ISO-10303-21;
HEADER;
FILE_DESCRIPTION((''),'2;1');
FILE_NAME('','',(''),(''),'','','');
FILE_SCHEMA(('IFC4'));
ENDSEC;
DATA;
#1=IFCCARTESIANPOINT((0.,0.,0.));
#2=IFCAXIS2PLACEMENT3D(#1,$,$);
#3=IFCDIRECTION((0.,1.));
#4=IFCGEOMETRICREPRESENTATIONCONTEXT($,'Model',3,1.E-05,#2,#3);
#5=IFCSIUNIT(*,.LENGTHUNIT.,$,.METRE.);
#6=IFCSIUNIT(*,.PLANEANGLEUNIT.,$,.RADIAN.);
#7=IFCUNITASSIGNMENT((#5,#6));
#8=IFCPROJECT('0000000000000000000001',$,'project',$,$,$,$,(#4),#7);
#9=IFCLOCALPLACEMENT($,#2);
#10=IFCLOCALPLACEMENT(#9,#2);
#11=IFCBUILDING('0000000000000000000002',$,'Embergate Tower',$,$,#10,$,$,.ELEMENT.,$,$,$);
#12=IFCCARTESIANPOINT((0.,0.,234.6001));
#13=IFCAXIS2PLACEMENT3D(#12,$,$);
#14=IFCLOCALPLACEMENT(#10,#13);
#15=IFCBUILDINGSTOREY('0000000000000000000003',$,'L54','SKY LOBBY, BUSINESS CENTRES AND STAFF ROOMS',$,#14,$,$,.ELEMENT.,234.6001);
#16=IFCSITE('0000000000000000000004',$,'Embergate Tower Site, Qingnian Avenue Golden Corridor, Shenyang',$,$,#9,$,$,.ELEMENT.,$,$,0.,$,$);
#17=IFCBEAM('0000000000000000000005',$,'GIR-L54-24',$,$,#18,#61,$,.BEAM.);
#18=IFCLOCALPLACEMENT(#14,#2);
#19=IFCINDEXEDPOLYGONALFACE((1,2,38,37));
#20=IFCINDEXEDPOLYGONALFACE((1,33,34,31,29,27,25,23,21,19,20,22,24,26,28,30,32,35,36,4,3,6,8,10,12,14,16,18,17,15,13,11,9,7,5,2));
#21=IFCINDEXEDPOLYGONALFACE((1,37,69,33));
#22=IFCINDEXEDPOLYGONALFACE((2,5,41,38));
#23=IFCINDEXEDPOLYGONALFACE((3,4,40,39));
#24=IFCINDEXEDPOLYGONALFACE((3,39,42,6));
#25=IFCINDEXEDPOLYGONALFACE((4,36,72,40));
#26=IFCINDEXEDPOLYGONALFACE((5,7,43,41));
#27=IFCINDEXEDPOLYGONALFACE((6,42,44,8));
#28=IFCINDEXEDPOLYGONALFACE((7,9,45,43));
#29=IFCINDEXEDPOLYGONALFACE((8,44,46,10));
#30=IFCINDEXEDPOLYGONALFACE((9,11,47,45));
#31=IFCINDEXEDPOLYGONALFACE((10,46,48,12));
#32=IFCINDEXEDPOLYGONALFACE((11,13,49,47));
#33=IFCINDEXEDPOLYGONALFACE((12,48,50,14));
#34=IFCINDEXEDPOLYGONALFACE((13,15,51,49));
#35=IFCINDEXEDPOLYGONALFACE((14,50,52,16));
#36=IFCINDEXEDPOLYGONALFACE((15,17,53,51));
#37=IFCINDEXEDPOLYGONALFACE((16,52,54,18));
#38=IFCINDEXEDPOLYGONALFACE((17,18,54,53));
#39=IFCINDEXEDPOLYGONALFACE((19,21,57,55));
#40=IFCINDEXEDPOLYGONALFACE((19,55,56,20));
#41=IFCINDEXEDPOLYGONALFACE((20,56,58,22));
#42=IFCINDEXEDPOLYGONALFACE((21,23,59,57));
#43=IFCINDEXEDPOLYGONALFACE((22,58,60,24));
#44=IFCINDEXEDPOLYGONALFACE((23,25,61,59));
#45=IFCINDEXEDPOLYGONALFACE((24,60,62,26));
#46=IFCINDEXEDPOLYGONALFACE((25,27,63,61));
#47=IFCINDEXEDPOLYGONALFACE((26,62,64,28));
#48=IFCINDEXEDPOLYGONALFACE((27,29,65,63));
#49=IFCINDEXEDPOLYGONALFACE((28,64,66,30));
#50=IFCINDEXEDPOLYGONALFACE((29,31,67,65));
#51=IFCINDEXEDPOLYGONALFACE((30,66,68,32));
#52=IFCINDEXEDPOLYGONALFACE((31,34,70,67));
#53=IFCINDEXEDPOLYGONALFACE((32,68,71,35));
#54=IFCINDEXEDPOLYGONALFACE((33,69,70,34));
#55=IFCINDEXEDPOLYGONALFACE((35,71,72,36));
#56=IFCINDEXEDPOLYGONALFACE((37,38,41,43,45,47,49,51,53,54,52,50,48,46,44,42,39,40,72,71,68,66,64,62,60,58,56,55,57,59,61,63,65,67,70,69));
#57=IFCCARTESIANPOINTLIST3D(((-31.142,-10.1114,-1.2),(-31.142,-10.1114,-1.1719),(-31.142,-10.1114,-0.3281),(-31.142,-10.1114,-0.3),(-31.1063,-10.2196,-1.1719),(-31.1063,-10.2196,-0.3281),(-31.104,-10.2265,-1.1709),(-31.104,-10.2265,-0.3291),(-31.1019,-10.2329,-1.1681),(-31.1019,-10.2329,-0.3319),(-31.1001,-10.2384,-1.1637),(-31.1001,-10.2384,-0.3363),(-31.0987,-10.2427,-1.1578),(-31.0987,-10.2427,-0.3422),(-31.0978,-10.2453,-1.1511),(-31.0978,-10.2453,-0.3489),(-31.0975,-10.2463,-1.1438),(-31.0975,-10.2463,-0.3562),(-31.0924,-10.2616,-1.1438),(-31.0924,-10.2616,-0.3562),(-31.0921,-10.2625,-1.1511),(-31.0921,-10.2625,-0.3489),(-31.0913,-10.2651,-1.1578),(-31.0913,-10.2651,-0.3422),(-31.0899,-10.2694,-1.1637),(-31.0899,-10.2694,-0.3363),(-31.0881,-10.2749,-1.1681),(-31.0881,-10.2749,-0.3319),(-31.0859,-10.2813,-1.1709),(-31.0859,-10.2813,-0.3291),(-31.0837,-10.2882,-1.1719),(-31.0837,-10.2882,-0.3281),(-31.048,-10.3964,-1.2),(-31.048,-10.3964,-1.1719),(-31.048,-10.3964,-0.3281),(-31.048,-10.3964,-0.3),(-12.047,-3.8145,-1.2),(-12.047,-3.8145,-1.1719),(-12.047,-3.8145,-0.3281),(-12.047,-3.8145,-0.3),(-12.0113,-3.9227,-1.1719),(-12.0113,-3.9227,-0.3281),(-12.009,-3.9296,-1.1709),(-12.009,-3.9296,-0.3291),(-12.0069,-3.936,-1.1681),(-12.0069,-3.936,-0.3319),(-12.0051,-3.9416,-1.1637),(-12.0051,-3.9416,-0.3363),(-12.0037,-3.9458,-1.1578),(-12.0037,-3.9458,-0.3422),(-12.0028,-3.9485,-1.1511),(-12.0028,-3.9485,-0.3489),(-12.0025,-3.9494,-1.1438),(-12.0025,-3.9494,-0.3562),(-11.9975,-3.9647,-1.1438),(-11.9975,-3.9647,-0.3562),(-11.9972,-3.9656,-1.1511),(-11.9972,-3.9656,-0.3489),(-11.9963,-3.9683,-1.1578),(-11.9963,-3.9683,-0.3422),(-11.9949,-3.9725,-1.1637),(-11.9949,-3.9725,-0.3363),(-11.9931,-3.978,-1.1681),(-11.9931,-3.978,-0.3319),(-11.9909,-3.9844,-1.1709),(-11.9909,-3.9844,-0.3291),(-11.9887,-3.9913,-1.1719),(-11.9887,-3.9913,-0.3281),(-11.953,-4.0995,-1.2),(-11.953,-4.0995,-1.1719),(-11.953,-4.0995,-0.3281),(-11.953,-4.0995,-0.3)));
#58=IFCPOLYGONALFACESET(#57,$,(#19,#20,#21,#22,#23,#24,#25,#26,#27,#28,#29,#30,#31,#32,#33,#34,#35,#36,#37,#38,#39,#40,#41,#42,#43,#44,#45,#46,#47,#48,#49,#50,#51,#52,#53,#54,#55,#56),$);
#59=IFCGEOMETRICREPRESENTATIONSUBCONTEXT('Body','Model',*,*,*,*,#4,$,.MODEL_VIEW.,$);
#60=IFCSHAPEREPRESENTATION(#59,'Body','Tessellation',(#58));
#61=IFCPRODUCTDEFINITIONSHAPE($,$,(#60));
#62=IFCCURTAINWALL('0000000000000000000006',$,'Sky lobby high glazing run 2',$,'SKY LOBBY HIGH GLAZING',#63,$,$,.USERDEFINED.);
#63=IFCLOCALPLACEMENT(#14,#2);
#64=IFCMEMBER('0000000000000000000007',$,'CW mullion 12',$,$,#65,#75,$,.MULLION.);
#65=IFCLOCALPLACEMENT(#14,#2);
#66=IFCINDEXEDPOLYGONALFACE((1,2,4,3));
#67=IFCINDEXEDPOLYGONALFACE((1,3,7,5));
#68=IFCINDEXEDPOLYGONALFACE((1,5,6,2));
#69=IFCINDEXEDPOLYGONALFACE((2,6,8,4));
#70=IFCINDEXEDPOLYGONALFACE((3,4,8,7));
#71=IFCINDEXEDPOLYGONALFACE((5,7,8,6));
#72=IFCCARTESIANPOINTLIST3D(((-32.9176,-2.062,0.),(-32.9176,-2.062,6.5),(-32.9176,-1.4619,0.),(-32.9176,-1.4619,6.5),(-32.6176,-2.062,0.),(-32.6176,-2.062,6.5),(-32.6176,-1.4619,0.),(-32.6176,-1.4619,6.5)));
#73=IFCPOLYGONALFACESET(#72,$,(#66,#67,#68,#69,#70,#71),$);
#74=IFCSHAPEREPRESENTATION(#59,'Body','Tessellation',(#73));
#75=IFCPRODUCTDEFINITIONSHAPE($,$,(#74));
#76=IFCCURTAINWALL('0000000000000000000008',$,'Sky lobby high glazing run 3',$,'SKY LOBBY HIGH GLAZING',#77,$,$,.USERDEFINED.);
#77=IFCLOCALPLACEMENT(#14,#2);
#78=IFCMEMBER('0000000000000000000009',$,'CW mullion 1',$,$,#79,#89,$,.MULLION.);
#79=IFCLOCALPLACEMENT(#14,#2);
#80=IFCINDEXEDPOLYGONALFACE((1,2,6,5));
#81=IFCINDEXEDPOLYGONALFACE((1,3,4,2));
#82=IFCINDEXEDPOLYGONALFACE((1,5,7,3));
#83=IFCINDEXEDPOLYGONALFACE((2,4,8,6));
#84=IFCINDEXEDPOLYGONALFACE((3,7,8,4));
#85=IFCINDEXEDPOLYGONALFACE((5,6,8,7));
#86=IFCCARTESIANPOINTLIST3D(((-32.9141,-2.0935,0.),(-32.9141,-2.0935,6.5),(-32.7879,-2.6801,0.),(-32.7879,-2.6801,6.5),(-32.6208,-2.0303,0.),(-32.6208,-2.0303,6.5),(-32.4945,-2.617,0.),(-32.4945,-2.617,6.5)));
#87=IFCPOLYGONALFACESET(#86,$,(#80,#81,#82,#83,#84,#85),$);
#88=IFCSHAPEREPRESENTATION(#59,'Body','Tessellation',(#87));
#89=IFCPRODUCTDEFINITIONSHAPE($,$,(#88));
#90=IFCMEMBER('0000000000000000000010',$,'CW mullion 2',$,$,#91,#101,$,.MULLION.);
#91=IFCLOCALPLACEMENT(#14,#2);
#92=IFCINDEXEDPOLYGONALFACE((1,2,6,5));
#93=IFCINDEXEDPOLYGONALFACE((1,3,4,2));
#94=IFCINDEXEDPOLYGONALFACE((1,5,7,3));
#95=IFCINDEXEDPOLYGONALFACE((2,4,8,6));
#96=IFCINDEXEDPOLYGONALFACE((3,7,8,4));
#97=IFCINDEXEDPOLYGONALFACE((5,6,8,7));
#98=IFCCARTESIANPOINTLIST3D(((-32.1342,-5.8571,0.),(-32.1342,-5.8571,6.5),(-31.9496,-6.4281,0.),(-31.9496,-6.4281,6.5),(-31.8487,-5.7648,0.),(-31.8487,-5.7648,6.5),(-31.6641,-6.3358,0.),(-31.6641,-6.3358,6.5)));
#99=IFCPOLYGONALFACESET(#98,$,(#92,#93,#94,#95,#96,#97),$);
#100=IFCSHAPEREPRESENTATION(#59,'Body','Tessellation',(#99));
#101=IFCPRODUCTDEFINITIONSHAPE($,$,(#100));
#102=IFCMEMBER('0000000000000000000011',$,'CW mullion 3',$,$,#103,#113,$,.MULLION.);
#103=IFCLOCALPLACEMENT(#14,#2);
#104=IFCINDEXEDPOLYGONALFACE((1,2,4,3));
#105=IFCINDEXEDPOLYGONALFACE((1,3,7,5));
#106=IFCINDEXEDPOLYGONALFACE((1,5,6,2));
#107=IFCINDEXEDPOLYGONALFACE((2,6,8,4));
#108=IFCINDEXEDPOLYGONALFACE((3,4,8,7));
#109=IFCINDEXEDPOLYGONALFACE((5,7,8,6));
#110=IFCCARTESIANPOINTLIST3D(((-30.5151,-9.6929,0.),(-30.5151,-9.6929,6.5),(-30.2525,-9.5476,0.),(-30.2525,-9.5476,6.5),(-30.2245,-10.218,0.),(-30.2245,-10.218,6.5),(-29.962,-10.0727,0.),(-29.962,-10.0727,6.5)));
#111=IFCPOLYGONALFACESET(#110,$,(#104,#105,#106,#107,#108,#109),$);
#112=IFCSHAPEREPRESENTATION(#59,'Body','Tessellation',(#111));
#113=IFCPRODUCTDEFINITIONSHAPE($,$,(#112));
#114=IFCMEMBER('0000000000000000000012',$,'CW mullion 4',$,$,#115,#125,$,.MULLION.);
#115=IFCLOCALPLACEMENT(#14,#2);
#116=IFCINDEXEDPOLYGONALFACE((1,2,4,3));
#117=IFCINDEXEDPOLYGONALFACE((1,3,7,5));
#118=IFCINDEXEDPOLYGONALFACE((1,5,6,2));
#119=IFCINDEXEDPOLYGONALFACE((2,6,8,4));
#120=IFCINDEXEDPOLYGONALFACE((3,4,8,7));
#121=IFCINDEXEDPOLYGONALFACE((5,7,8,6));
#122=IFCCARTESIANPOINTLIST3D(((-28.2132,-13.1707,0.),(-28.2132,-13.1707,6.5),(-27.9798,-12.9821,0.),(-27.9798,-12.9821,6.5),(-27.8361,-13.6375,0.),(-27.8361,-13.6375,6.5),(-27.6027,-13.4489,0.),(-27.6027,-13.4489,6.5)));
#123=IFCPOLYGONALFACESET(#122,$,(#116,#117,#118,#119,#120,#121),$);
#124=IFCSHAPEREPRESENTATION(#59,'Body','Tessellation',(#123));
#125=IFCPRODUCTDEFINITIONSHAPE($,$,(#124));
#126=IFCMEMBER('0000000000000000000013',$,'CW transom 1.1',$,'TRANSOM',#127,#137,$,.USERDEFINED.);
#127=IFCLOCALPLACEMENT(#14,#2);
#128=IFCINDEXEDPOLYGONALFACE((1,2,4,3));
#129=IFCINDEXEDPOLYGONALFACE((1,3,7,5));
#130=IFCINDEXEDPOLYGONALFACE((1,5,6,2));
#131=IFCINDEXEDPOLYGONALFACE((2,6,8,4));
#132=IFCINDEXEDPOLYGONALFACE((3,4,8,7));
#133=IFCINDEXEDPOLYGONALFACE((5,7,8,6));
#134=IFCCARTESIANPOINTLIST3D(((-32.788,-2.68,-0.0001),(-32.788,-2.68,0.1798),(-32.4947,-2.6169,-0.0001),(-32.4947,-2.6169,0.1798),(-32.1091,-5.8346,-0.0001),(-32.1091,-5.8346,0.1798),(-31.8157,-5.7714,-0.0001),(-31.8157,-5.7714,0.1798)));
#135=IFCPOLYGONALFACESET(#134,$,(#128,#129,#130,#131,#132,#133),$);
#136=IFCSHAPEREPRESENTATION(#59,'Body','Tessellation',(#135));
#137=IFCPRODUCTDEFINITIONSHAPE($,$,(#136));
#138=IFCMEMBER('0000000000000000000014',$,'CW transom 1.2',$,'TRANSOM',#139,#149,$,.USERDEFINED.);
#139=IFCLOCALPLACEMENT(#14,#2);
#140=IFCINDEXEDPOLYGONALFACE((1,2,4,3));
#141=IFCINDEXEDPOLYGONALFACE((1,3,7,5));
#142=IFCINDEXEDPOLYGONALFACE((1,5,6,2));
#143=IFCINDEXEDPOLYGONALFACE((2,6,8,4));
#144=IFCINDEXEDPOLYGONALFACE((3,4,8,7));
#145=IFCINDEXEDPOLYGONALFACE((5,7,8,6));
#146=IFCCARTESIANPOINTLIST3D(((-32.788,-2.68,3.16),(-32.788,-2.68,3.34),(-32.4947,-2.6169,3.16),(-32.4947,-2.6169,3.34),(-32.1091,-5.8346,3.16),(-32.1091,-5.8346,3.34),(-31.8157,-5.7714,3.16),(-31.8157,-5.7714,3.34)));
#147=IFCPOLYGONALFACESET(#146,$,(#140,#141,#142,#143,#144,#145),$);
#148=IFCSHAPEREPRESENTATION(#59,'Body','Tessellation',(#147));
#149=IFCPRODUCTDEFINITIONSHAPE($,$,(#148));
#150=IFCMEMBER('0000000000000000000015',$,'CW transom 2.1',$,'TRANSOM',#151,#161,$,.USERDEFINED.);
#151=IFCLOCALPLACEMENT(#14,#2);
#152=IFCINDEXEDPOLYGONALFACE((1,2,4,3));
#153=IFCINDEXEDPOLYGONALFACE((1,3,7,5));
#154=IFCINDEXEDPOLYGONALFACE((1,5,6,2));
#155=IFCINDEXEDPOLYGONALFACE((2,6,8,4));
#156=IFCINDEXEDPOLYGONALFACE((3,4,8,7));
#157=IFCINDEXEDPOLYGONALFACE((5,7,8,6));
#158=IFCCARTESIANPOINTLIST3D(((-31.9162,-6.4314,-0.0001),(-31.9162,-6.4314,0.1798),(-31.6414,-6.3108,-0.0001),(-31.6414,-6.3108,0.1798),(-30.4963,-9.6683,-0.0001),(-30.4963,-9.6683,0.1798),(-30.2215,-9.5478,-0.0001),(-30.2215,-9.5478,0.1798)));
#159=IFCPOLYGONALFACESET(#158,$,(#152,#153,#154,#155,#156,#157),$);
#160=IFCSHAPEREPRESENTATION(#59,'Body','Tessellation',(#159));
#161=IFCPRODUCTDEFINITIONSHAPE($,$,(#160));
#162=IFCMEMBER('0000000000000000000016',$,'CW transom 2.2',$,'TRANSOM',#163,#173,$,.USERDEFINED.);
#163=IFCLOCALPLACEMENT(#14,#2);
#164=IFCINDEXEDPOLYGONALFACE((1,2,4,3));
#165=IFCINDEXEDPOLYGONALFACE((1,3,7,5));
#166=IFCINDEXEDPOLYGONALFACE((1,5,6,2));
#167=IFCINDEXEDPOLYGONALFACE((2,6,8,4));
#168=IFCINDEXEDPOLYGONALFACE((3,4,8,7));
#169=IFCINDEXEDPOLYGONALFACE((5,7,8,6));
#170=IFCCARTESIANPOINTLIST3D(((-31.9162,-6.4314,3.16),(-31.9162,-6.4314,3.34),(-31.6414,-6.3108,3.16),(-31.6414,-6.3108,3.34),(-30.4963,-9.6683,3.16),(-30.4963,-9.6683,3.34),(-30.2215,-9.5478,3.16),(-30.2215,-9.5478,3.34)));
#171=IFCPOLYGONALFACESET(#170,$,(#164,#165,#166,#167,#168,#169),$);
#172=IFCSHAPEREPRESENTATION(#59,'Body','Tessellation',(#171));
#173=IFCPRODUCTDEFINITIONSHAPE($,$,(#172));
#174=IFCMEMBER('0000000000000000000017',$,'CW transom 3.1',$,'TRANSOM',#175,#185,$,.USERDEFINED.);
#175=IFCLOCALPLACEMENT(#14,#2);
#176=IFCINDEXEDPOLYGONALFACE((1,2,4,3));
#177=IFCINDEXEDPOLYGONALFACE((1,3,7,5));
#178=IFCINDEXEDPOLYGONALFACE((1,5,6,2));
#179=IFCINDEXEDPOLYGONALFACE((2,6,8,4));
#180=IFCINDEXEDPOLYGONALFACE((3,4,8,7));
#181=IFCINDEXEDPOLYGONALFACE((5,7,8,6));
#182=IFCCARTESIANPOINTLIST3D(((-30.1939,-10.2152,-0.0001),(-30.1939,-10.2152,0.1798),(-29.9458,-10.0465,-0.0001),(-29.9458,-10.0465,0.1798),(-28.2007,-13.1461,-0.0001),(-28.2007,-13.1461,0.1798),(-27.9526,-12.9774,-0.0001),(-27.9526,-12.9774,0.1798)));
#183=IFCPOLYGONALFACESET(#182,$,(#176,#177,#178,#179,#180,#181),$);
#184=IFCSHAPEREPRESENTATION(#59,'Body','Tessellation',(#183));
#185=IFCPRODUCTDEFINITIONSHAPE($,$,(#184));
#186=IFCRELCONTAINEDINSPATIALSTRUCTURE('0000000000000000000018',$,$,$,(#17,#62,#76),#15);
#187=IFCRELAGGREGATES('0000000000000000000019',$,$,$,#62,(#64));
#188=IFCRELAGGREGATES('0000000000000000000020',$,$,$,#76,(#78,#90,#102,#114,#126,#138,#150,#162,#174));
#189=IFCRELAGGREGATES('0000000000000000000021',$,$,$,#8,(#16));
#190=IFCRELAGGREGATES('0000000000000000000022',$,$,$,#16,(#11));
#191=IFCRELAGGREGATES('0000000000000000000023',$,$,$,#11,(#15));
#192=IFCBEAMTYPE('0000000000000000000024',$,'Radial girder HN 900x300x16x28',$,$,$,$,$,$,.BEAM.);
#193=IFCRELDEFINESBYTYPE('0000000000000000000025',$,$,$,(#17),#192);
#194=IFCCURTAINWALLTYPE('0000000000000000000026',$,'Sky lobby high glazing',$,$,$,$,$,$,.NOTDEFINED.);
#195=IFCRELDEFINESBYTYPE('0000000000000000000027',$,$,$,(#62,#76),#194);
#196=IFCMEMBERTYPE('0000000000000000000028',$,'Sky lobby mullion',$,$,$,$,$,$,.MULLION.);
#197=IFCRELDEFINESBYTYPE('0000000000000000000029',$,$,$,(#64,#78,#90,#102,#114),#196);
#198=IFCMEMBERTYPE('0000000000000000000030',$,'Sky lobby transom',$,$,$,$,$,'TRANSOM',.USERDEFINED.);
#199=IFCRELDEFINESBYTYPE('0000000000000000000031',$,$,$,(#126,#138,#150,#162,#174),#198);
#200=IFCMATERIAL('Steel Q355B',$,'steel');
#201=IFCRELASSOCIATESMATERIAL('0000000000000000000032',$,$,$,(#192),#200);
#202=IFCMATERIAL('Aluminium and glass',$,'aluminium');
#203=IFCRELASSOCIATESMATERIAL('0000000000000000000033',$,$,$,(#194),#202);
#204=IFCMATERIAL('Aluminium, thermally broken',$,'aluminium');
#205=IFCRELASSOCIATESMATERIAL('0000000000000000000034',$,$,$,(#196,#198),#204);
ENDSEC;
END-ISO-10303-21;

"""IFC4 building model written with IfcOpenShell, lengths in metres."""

from ifc_helpers import new_model, si_unit, direction, frame, origin, origin_2d, place, context, subcontext, project, spatial, rectangle, i_section, extrude, source, transform, mapped, material, material_profile, profile_set, type_object, element, aggregate, save


model = new_model("IFC4")

# Units and contexts
model_context = context("Model", 3, precision=1e-05, world=origin(), true_north=direction((0.0, 1.0)))
body_context = subcontext(model_context, "Body", "Model", "MODEL_VIEW")
ifc_project = project(units=[si_unit("LENGTHUNIT", "METRE"), si_unit("PLANEANGLEUNIT", "RADIAN")], contexts=[model_context])

# Site, building, storey
site_placement = place(None, origin())
site = spatial("IfcSite", under=ifc_project, at=site_placement, Name="Embergate Tower Site, Qingnian Avenue Golden Corridor, Shenyang", CompositionType="ELEMENT", RefElevation=0.0)
building_placement = place(site_placement, origin())
building = spatial("IfcBuilding", under=site, at=building_placement, Name="Embergate Tower", CompositionType="ELEMENT")
storey_placement = place(building_placement, frame((0.0, 0.0, 234.6001)))
storey = spatial("IfcBuildingStorey", under=building, at=storey_placement, Name="L54", Description="SKY LOBBY, BUSINESS CENTRES AND STAFF ROOMS", CompositionType="ELEMENT", Elevation=234.6001)

# Beam
ifc_material_1 = material(Name="Steel Q355B", Category="steel")
ifc_material_profile_1 = material_profile(ifc_material_1, i_section(OverallWidth=0.3, OverallDepth=0.8999, WebThickness=0.0161, FlangeThickness=0.0281, FilletRadius=0.0281, at=origin_2d()), Name="HN 900x300x16x28")
ifc_profile_set_1 = profile_set([ifc_material_profile_1], Name="Steel Q355 grade B")
beam_type_1 = type_object("IfcBeamType", Name="Radial girder HN 900x300x16x28", PredefinedType="BEAM", material=ifc_profile_set_1)
shared_shape_1 = source(origin(), body_context, "Body", "SweptSolid", [
    extrude(i_section(OverallWidth=0.3, OverallDepth=0.8999, WebThickness=0.0161, FlangeThickness=0.0281, FilletRadius=0.0281, at=origin_2d()), origin(), (0.0, 0.0, 1.0), 20.1064),
])
beam_1_placement = place(storey_placement, frame((-31.095, -10.2539, -0.75), z_axis=(0.949695, 0.313177, 0.0), x_axis=(-0.313177, 0.949695, 0.0)))
element("IfcBeam", 1, at=beam_1_placement, inside=storey, type_object=beam_type_1, Name="GIR-L54-24", PredefinedType="BEAM", context=body_context, shape_type="MappedRepresentation", body=[
    mapped(shared_shape_1, transform((0.0, 0.0, 0.0))),
])

# Curtain wall, member
ifc_material_2 = material(Name="Aluminium and glass", Category="aluminium")
curtain_wall_type = type_object("IfcCurtainWallType", Name="Sky lobby high glazing", PredefinedType="NOTDEFINED", material=ifc_material_2)
curtain_wall_1_placement = place(storey_placement, origin())
curtain_wall_1 = element("IfcCurtainWall", 2, at=curtain_wall_1_placement, inside=storey, type_object=curtain_wall_type, Name="Sky lobby high glazing run 2", ObjectType="SKY LOBBY HIGH GLAZING", PredefinedType="USERDEFINED")
ifc_material_3 = material(Name="Aluminium, thermally broken", Category="aluminium")
ifc_material_profile_2 = material_profile(ifc_material_3, rectangle(XDim=0.3, YDim=0.6001, at=origin_2d()), Name="AL 600x300")
ifc_profile_set_2 = profile_set([ifc_material_profile_2], Name="Aluminium, thermally broken")
member_type_1 = type_object("IfcMemberType", Name="Sky lobby mullion", PredefinedType="MULLION", material=ifc_profile_set_2)
shared_shape_2 = source(origin(), body_context, "Body", "SweptSolid", [
    extrude(rectangle(XDim=0.3, YDim=0.6001, at=origin_2d()), origin(), (0.0, 0.0, 1.0), 6.5),
])
member_1_placement = place(storey_placement, frame((-32.7676, -1.762, 0.0), z_axis=(0.0, 0.0, 1.0), x_axis=(1.0, 0.0, 0.0)))
member_1 = element("IfcMember", 3, at=member_1_placement, type_object=member_type_1, Name="CW mullion 12", PredefinedType="MULLION", context=body_context, shape_type="MappedRepresentation", body=[
    mapped(shared_shape_2, transform((0.0, 0.0, 0.0))),
])
aggregate(curtain_wall_1, [member_1])

# Curtain wall, members
curtain_wall_2_placement = place(storey_placement, origin())
curtain_wall_2 = element("IfcCurtainWall", 4, at=curtain_wall_2_placement, inside=storey, type_object=curtain_wall_type, Name="Sky lobby high glazing run 3", ObjectType="SKY LOBBY HIGH GLAZING", PredefinedType="USERDEFINED")
member_2_placement = place(storey_placement, frame((-32.7043, -2.3552, 0.0), z_axis=(0.0, 0.0, 1.0), x_axis=(0.977615, 0.210402, 0.0)))
member_2 = element("IfcMember", 5, at=member_2_placement, type_object=member_type_1, Name="CW mullion 1", PredefinedType="MULLION", context=body_context, shape_type="MappedRepresentation", body=[
    mapped(shared_shape_2, transform((0.0, 0.0, 0.0))),
])
member_3_placement = place(storey_placement, frame((-31.8992, -6.0964, 0.0), z_axis=(0.0, 0.0, 1.0), x_axis=(0.951491, 0.307677, 0.0)))
member_3 = element("IfcMember", 6, at=member_3_placement, type_object=member_type_1, Name="CW mullion 2", PredefinedType="MULLION", context=body_context, shape_type="MappedRepresentation", body=[
    mapped(shared_shape_2, transform((0.0, 0.0, 0.0))),
])
member_4_placement = place(storey_placement, frame((-30.2385, -9.8828, 0.0), z_axis=(0.0, 0.0, 1.0), x_axis=(0.874989, 0.484142, 0.0)))
member_4 = element("IfcMember", 7, at=member_4_placement, type_object=member_type_1, Name="CW mullion 3", PredefinedType="MULLION", context=body_context, shape_type="MappedRepresentation", body=[
    mapped(shared_shape_2, transform((0.0, 0.0, 0.0))),
])
member_5_placement = place(storey_placement, frame((-27.908, -13.3098, 0.0), z_axis=(0.0, 0.0, 1.0), x_axis=(0.777858, 0.62844, 0.0)))
member_5 = element("IfcMember", 8, at=member_5_placement, type_object=member_type_1, Name="CW mullion 4", PredefinedType="MULLION", context=body_context, shape_type="MappedRepresentation", body=[
    mapped(shared_shape_2, transform((0.0, 0.0, 0.0))),
])
ifc_material_profile_3 = material_profile(ifc_material_3, rectangle(XDim=0.3, YDim=0.1799, at=origin_2d()), Name="AL 180x300")
ifc_profile_set_3 = profile_set([ifc_material_profile_3], Name="Aluminium, thermally broken")
member_type_2 = type_object("IfcMemberType", Name="Sky lobby transom", ElementType="TRANSOM", PredefinedType="USERDEFINED", material=ifc_profile_set_3)
shared_shape_3 = source(origin(), body_context, "Body", "SweptSolid", [
    extrude(rectangle(XDim=0.3, YDim=0.1799, at=origin_2d()), origin(), (0.0, 0.0, 1.0), 3.2268),
])
member_6_placement = place(storey_placement, frame((-32.6414, -2.6484, 0.0898), z_axis=(0.210413, -0.977613, 0.0), x_axis=(0.977613, 0.210413, 0.0)))
member_6 = element("IfcMember", 9, at=member_6_placement, type_object=member_type_2, Name="CW transom 1.1", ObjectType="TRANSOM", PredefinedType="USERDEFINED", context=body_context, shape_type="MappedRepresentation", body=[
    mapped(shared_shape_3, transform((0.0, 0.0, 0.0))),
])
member_7_placement = place(storey_placement, frame((-32.6414, -2.6484, 3.25), z_axis=(0.210413, -0.977613, 0.0), x_axis=(0.977613, 0.210413, 0.0)))
member_7 = element("IfcMember", 10, at=member_7_placement, type_object=member_type_2, Name="CW transom 1.2", ObjectType="TRANSOM", PredefinedType="USERDEFINED", context=body_context, shape_type="MappedRepresentation", body=[
    mapped(shared_shape_3, transform((0.0, 0.0, 0.0))),
])
shared_shape_4 = source(origin(), body_context, "Body", "SweptSolid", [
    extrude(rectangle(XDim=0.3, YDim=0.1799, at=origin_2d()), origin(), (0.0, 0.0, 1.0), 3.5347),
])
member_8_placement = place(storey_placement, frame((-31.7788, -6.3711, 0.0898), z_axis=(0.401699, -0.915772, 0.0), x_axis=(0.915772, 0.401699, 0.0)))
member_8 = element("IfcMember", 11, at=member_8_placement, type_object=member_type_2, Name="CW transom 2.1", ObjectType="TRANSOM", PredefinedType="USERDEFINED", context=body_context, shape_type="MappedRepresentation", body=[
    mapped(shared_shape_4, transform((0.0, 0.0, 0.0))),
])
member_9_placement = place(storey_placement, frame((-31.7788, -6.3711, 3.25), z_axis=(0.401699, -0.915772, 0.0), x_axis=(0.915772, 0.401699, 0.0)))
member_9 = element("IfcMember", 12, at=member_9_placement, type_object=member_type_2, Name="CW transom 2.2", ObjectType="TRANSOM", PredefinedType="USERDEFINED", context=body_context, shape_type="MappedRepresentation", body=[
    mapped(shared_shape_4, transform((0.0, 0.0, 0.0))),
])
shared_shape_5 = source(origin(), body_context, "Body", "SweptSolid", [
    extrude(rectangle(XDim=0.3, YDim=0.1799, at=origin_2d()), origin(), (0.0, 0.0, 1.0), 3.5444),
])
member_10_placement = place(storey_placement, frame((-30.0698, -10.1309, 0.0898), z_axis=(0.562338, -0.826907, 0.0), x_axis=(0.826907, 0.562338, 0.0)))
member_10 = element("IfcMember", 13, at=member_10_placement, type_object=member_type_2, Name="CW transom 3.1", ObjectType="TRANSOM", PredefinedType="USERDEFINED", context=body_context, shape_type="MappedRepresentation", body=[
    mapped(shared_shape_5, transform((0.0, 0.0, 0.0))),
])
aggregate(curtain_wall_2, [member_2, member_3, member_4, member_5, member_6, member_7, member_8, member_9, member_10])

save(model, "model.ifc")
